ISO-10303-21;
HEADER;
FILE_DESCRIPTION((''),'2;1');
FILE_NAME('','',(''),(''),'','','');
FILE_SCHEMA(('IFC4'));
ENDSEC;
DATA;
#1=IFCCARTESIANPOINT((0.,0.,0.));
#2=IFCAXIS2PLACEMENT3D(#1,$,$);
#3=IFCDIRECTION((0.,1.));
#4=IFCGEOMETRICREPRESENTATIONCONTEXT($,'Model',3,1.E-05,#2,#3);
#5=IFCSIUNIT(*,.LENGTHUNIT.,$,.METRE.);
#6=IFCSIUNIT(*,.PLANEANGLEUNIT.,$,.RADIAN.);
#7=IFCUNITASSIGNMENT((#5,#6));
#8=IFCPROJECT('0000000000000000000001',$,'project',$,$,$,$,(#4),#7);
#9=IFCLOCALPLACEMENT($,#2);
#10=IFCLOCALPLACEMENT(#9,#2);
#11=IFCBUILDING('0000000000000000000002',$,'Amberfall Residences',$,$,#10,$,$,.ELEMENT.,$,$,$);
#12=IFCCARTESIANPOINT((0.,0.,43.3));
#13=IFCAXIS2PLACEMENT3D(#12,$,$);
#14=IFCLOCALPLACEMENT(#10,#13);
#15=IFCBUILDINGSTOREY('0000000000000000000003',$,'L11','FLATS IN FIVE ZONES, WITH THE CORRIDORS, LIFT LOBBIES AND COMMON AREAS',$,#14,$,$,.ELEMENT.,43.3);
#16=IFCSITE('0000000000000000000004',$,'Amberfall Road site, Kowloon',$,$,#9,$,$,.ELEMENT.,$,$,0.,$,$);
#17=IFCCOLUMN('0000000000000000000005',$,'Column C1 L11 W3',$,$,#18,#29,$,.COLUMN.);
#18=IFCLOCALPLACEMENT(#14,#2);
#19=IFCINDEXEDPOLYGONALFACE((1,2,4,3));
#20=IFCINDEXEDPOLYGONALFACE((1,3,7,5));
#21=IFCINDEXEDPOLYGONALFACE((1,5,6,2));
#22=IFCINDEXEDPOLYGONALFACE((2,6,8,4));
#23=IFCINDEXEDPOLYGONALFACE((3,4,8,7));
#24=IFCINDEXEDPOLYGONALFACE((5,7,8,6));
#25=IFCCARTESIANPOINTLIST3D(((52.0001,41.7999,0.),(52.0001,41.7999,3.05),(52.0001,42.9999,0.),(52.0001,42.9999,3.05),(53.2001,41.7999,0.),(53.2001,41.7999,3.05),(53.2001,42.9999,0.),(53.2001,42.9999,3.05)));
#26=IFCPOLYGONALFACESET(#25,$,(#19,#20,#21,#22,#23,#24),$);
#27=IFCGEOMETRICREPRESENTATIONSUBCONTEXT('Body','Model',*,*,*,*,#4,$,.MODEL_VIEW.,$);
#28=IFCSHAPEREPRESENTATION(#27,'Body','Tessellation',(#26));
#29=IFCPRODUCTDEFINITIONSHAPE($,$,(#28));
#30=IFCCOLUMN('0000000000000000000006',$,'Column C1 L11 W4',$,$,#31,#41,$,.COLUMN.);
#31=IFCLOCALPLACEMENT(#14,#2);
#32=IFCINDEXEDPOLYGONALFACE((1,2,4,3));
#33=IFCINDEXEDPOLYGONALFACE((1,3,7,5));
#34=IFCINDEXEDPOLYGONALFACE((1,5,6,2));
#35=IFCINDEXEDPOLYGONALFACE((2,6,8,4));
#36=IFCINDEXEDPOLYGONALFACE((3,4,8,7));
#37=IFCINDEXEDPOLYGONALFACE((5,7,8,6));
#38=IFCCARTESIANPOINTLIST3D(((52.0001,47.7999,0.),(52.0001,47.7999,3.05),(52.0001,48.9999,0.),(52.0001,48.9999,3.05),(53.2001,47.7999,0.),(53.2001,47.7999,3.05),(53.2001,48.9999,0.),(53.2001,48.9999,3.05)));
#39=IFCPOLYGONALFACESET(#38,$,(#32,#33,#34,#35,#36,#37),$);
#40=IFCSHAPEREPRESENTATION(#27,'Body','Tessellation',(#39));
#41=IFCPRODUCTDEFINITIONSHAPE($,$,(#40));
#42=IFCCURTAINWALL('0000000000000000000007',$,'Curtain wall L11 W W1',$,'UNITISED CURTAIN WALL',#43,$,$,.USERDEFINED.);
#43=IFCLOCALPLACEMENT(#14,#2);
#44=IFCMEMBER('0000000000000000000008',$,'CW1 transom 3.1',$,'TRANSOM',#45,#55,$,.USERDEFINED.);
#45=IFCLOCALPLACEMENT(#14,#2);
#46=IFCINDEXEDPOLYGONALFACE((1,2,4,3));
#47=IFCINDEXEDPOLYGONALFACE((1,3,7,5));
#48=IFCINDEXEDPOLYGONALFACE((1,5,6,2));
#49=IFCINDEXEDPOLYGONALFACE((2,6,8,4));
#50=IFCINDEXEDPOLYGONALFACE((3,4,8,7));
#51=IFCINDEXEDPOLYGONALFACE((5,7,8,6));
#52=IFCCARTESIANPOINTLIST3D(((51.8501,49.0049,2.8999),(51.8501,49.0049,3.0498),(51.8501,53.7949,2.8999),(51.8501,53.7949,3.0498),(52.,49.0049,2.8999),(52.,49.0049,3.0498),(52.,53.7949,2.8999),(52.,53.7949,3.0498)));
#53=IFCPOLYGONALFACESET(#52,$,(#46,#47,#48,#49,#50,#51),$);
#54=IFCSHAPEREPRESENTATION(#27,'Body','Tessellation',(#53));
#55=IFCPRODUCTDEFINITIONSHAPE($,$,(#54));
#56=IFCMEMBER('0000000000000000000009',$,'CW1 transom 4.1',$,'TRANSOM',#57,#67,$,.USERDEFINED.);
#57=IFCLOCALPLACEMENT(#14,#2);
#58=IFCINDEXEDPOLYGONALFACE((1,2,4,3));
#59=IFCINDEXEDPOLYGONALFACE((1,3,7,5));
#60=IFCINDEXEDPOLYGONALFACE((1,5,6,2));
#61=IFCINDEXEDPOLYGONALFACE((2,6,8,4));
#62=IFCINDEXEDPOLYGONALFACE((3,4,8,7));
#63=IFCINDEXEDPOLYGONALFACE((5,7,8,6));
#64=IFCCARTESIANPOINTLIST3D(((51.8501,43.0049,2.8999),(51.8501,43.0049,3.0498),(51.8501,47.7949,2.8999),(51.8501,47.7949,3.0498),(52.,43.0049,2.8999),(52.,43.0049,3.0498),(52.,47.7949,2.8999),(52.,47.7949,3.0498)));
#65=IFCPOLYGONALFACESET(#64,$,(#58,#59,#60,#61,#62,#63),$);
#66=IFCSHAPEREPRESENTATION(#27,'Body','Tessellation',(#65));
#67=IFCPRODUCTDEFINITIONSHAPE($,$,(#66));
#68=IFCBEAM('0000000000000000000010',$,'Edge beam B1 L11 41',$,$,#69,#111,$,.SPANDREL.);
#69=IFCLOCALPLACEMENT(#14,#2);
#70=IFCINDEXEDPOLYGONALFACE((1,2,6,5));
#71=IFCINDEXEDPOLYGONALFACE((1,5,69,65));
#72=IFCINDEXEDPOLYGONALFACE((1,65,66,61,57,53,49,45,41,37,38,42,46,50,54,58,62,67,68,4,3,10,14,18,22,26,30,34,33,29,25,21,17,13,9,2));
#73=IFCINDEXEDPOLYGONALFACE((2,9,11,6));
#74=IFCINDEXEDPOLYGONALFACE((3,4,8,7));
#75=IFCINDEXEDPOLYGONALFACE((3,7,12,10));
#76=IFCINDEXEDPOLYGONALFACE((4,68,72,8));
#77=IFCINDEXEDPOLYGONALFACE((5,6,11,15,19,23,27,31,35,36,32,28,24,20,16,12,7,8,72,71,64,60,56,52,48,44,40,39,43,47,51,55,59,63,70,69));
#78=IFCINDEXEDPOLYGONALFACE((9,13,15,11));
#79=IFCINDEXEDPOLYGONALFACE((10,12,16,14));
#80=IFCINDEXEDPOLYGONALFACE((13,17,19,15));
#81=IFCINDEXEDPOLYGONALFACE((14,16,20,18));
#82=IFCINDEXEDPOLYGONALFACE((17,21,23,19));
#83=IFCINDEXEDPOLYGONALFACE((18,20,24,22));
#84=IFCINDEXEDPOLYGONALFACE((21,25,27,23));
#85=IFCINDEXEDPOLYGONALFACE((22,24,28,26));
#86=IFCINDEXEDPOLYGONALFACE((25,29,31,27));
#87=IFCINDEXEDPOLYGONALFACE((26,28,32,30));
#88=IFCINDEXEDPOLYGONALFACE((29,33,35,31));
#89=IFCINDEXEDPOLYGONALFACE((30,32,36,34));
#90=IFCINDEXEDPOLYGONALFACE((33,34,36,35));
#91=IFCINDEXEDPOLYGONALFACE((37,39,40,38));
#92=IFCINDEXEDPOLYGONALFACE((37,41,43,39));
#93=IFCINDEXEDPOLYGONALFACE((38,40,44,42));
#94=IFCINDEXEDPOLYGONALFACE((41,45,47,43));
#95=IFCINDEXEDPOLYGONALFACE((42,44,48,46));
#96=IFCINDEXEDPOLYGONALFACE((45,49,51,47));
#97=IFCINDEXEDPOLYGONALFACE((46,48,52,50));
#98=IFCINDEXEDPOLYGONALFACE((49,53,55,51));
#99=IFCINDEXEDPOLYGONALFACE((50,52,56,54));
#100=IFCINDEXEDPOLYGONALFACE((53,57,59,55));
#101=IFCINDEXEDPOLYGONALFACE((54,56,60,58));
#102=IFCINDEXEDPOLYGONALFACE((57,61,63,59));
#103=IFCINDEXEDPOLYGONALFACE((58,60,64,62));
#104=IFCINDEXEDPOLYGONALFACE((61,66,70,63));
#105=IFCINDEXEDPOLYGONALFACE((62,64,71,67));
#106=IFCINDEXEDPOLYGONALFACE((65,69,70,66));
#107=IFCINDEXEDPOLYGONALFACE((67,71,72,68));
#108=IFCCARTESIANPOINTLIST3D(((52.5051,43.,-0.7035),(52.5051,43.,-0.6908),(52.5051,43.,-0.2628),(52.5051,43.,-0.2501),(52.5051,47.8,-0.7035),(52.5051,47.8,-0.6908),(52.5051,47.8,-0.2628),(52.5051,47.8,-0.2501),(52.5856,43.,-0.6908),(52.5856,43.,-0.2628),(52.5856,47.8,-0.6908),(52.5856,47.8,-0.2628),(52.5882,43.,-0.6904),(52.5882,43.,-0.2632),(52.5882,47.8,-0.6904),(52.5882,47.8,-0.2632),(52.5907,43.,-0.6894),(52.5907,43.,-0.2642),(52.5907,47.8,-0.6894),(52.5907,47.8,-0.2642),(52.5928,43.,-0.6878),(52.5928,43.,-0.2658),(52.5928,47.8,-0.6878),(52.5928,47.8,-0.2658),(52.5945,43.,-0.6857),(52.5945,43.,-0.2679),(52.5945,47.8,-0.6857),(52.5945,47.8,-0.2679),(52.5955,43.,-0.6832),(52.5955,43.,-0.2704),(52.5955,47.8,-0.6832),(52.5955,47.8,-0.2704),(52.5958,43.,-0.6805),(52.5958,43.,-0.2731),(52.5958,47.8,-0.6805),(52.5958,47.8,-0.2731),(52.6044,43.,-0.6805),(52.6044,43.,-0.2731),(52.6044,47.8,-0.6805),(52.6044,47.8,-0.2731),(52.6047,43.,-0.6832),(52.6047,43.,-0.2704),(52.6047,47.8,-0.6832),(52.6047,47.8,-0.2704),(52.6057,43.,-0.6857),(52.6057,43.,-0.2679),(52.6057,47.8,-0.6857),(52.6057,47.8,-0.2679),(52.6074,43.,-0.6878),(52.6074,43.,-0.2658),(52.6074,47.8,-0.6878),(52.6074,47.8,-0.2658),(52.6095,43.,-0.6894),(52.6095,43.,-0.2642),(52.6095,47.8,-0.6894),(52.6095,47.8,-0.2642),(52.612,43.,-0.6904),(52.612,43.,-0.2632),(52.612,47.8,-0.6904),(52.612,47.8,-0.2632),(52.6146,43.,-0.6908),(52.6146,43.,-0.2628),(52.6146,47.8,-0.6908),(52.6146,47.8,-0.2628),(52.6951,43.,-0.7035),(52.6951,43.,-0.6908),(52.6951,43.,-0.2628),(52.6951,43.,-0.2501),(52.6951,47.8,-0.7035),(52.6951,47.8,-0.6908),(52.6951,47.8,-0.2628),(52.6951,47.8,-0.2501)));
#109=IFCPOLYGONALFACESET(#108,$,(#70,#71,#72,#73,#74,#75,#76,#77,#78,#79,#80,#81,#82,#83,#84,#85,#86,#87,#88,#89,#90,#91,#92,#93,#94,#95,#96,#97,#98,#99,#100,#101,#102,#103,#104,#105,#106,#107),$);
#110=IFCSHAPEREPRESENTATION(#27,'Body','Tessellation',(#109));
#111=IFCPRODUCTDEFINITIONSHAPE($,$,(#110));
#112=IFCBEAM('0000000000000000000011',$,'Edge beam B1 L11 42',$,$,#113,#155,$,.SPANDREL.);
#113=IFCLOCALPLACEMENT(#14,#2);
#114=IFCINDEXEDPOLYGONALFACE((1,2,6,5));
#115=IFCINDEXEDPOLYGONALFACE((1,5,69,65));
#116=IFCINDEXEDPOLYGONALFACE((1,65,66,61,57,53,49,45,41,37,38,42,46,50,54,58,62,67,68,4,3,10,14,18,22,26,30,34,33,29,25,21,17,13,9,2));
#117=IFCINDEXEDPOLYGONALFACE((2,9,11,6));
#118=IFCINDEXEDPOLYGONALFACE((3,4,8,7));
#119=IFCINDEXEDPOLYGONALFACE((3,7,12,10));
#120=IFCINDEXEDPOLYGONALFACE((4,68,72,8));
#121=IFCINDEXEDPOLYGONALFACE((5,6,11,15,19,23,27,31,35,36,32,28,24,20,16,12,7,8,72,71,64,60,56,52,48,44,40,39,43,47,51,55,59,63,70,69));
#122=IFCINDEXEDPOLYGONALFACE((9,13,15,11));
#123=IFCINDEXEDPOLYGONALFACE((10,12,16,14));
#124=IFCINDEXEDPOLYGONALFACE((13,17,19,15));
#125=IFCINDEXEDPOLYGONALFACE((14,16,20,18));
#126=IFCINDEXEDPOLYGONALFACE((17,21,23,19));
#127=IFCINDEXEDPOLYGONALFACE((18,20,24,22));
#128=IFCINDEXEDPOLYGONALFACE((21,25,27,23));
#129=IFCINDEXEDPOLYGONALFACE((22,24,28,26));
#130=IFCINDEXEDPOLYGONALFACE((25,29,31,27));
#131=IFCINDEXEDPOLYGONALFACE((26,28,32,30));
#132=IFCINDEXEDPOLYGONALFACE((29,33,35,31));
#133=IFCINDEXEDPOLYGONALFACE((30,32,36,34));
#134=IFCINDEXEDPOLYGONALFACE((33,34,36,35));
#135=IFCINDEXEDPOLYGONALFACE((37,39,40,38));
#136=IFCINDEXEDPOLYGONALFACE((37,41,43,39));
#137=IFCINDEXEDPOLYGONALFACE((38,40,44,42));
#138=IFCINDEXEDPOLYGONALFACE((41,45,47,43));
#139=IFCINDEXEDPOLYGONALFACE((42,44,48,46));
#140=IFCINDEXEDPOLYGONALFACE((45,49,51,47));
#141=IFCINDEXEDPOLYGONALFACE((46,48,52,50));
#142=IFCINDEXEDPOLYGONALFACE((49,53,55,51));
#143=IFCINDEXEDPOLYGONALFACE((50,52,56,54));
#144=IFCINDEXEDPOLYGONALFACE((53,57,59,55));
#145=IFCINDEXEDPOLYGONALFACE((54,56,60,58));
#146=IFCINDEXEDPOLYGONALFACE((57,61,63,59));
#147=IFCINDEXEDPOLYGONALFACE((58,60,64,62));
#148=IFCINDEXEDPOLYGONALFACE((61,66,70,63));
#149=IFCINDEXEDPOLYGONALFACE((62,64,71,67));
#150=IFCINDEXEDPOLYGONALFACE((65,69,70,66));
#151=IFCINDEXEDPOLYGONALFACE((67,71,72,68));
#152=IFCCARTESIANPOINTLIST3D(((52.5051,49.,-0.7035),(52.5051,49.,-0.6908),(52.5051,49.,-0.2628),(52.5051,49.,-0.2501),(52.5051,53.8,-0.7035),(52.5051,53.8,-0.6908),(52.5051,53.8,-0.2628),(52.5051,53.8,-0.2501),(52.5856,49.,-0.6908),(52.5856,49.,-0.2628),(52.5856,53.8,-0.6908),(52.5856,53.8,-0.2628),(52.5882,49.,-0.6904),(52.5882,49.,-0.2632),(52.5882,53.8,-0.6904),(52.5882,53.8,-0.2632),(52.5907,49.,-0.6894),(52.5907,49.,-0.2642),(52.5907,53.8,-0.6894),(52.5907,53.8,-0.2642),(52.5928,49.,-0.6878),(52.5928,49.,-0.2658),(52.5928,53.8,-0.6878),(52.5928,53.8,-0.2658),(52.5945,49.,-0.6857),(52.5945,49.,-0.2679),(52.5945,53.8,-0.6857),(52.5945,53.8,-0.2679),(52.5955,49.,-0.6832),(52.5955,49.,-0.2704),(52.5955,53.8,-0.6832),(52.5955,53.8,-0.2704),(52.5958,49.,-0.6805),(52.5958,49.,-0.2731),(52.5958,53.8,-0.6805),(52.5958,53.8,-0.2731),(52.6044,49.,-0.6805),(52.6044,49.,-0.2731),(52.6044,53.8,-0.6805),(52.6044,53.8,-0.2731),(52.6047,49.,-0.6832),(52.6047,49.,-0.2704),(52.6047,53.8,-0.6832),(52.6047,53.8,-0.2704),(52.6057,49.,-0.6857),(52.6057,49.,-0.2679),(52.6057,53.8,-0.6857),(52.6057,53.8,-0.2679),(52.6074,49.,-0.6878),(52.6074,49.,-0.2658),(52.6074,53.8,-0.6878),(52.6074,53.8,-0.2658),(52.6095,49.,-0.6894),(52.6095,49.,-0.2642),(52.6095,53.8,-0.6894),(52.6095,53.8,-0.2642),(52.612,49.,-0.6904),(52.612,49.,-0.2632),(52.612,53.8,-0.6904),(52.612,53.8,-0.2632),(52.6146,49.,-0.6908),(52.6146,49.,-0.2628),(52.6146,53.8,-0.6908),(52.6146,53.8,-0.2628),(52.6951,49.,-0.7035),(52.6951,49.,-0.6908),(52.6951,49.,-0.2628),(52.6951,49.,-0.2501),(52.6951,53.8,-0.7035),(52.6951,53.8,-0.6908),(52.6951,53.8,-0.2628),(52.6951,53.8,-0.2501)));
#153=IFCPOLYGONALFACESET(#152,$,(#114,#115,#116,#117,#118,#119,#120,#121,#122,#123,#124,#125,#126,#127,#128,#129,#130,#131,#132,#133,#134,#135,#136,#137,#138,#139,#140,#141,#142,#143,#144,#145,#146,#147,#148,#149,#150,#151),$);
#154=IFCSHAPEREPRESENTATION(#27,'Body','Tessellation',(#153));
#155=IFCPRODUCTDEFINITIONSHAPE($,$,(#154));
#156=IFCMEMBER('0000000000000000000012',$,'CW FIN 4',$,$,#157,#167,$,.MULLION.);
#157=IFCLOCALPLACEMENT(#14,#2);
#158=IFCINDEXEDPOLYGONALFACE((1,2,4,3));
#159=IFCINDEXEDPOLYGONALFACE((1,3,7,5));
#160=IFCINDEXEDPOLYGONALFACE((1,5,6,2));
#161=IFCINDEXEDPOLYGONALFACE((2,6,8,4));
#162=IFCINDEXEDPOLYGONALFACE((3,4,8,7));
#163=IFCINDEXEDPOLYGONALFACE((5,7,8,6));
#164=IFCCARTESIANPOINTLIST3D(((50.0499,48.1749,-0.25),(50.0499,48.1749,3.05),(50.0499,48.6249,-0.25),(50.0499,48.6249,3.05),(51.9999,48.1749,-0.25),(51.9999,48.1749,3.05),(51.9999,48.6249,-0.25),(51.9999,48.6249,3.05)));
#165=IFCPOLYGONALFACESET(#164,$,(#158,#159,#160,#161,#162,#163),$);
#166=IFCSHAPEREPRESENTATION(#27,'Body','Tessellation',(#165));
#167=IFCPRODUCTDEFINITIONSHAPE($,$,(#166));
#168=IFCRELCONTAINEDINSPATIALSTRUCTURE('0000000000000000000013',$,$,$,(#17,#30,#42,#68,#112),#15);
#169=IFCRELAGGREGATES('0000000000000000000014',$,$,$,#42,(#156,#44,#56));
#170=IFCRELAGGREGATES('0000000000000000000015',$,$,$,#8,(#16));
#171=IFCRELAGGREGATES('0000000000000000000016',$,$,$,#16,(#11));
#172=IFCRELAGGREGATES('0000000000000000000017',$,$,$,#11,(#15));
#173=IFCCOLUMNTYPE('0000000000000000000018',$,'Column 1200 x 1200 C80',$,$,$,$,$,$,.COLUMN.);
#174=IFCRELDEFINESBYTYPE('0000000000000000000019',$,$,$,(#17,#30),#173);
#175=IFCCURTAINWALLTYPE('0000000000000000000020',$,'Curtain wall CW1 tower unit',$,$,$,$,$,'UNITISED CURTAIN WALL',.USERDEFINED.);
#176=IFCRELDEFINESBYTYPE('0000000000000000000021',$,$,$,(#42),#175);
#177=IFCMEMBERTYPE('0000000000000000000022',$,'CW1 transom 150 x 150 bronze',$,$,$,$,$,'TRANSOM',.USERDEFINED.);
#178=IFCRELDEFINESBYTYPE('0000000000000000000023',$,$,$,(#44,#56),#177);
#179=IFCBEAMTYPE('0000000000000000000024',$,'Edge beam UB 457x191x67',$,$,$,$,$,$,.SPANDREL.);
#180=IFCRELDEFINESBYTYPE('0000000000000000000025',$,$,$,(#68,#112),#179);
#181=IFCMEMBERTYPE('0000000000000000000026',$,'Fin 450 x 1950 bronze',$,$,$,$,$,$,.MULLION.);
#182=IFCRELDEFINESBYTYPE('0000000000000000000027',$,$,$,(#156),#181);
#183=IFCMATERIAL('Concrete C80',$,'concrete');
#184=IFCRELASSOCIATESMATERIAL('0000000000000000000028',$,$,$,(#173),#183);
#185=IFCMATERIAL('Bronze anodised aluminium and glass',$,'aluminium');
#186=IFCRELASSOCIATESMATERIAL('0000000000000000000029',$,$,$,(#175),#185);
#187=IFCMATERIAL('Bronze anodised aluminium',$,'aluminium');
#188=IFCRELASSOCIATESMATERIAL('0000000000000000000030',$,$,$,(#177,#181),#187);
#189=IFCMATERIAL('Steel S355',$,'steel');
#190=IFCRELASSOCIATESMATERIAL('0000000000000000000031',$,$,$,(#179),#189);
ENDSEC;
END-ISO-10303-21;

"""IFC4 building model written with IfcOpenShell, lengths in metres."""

from ifc_helpers import new_model, si_unit, direction, frame, origin, origin_2d, place, context, subcontext, project, spatial, rectangle, i_section, extrude, material, material_profile, profile_set, type_object, element, aggregate, save


model = new_model("IFC4")

# Units and contexts
model_context = context("Model", 3, precision=1e-05, world=origin(), true_north=direction((0.0, 1.0)))
body_context = subcontext(model_context, "Body", "Model", "MODEL_VIEW")
ifc_project = project(units=[si_unit("LENGTHUNIT", "METRE"), si_unit("PLANEANGLEUNIT", "RADIAN")], contexts=[model_context])

# Site, building, storey
site_placement = place(None, origin())
site = spatial("IfcSite", under=ifc_project, at=site_placement, Name="Amberfall Road site, Kowloon", CompositionType="ELEMENT", RefElevation=0.0)
building_placement = place(site_placement, origin())
building = spatial("IfcBuilding", under=site, at=building_placement, Name="Amberfall Residences", CompositionType="ELEMENT")
storey_placement = place(building_placement, frame((0.0, 0.0, 43.3)))
storey = spatial("IfcBuildingStorey", under=building, at=storey_placement, Name="L11", Description="FLATS IN FIVE ZONES, WITH THE CORRIDORS, LIFT LOBBIES AND COMMON AREAS", CompositionType="ELEMENT", Elevation=43.3)

# Columns
ifc_material_1 = material(Name="Concrete C80", Category="concrete")
ifc_material_profile_1 = material_profile(ifc_material_1, rectangle(XDim=1.2, YDim=1.2, at=origin_2d()), Name="Column 1200 x 1200 C80")
ifc_profile_set_1 = profile_set([ifc_material_profile_1], Name="Concrete C80")
column_type = type_object("IfcColumnType", Name="Column 1200 x 1200 C80", PredefinedType="COLUMN", material=ifc_profile_set_1)
for number, where, z_axis, x_axis, name in (
    (1, (52.6001, 42.3999, 0.0), (0.0, 0.0, 1.0), (1.0, 0.0, 0.0), "Column C1 L11 W3"),
    (2, (52.6001, 48.3999, 0.0), (0.0, 0.0, 1.0), (1.0, 0.0, 0.0), "Column C1 L11 W4"),
):
    element("IfcColumn", number, at=place(storey_placement, frame(where, z_axis=z_axis, x_axis=x_axis)), inside=storey, type_object=column_type, Name=name, PredefinedType="COLUMN", context=body_context, shape_type="SweptSolid", body=[
        extrude(rectangle(XDim=1.2, YDim=1.2, at=origin_2d()), origin(), (0.0, 0.0, 1.0), 3.05),
    ])

# Curtain wall, members
ifc_material_2 = material(Name="Bronze anodised aluminium and glass", Category="aluminium")
curtain_wall_type = type_object("IfcCurtainWallType", Name="Curtain wall CW1 tower unit", ElementType="UNITISED CURTAIN WALL", PredefinedType="USERDEFINED", material=ifc_material_2)
curtain_wall_placement = place(storey_placement, origin())
curtain_wall = element("IfcCurtainWall", 3, at=curtain_wall_placement, inside=storey, type_object=curtain_wall_type, Name="Curtain wall L11 W W1", ObjectType="UNITISED CURTAIN WALL", PredefinedType="USERDEFINED")
ifc_material_3 = material(Name="Bronze anodised aluminium", Category="aluminium")
ifc_material_profile_2 = material_profile(ifc_material_3, rectangle(XDim=0.1499, YDim=0.1499, at=origin_2d()), Name="CW1 transom 150 x 150 bronze")
ifc_profile_set_2 = profile_set([ifc_material_profile_2], Name="Bronze anodised aluminium")
member_type_1 = type_object("IfcMemberType", Name="CW1 transom 150 x 150 bronze", ElementType="TRANSOM", PredefinedType="USERDEFINED", material=ifc_profile_set_2)
member_1_placement = place(storey_placement, frame((51.925, 53.7949, 2.9749), z_axis=(0.0, -1.0, 0.0), x_axis=(1.0, 0.0, 0.0)))
member_1 = element("IfcMember", 4, at=member_1_placement, type_object=member_type_1, Name="CW1 transom 3.1", ObjectType="TRANSOM", PredefinedType="USERDEFINED", context=body_context, shape_type="SweptSolid", body=[
    extrude(rectangle(XDim=0.1499, YDim=0.1499, at=origin_2d()), origin(), (0.0, 0.0, 1.0), 4.79),
])
member_2_placement = place(storey_placement, frame((51.925, 47.7949, 2.9749), z_axis=(0.0, -1.0, 0.0), x_axis=(1.0, 0.0, 0.0)))
member_2 = element("IfcMember", 5, at=member_2_placement, type_object=member_type_1, Name="CW1 transom 4.1", ObjectType="TRANSOM", PredefinedType="USERDEFINED", context=body_context, shape_type="SweptSolid", body=[
    extrude(rectangle(XDim=0.1499, YDim=0.1499, at=origin_2d()), origin(), (0.0, 0.0, 1.0), 4.79),
])

# Beams
ifc_material_4 = material(Name="Steel S355", Category="steel")
ifc_material_profile_3 = material_profile(ifc_material_4, i_section(OverallWidth=0.1899, OverallDepth=0.4534, WebThickness=0.0085, FlangeThickness=0.0127, FilletRadius=0.0103, at=origin_2d()), Name="UB 457x191x67")
ifc_profile_set_3 = profile_set([ifc_material_profile_3], Name="Steel S355")
beam_type_1 = type_object("IfcBeamType", Name="Edge beam UB 457x191x67", PredefinedType="SPANDREL", material=ifc_profile_set_3)
for number, where, z_axis, x_axis, name in (
    (6, (52.6001, 43.0, -0.4768), (0.0, 1.0, 0.0), (-1.0, 0.0, 0.0), "Edge beam B1 L11 41"),
    (7, (52.6001, 49.0, -0.4768), (0.0, 1.0, 0.0), (-1.0, 0.0, 0.0), "Edge beam B1 L11 42"),
):
    element("IfcBeam", number, at=place(storey_placement, frame(where, z_axis=z_axis, x_axis=x_axis)), inside=storey, type_object=beam_type_1, Name=name, PredefinedType="SPANDREL", context=body_context, shape_type="SweptSolid", body=[
        extrude(i_section(OverallWidth=0.1899, OverallDepth=0.4534, WebThickness=0.0085, FlangeThickness=0.0127, FilletRadius=0.0103, at=origin_2d()), origin(), (0.0, 0.0, 1.0), 4.8),
    ])

# Member
ifc_material_profile_4 = material_profile(ifc_material_3, rectangle(XDim=1.95, YDim=0.45, at=origin_2d()), Name="Fin 450 x 1950 bronze")
ifc_profile_set_4 = profile_set([ifc_material_profile_4], Name="Bronze anodised aluminium")
member_type_2 = type_object("IfcMemberType", Name="Fin 450 x 1950 bronze", PredefinedType="MULLION", material=ifc_profile_set_4)
member_3_placement = place(storey_placement, frame((51.0249, 48.3999, -0.25), z_axis=(0.0, 0.0, 1.0), x_axis=(1.0, 0.0, 0.0)))
member_3 = element("IfcMember", 8, at=member_3_placement, type_object=member_type_2, Name="CW FIN 4", PredefinedType="MULLION", context=body_context, shape_type="SweptSolid", body=[
    extrude(rectangle(XDim=1.95, YDim=0.45, at=origin_2d()), origin(), (0.0, 0.0, 1.0), 3.3),
])

aggregate(curtain_wall, [member_3, member_1, member_2])

save(model, "model.ifc")
